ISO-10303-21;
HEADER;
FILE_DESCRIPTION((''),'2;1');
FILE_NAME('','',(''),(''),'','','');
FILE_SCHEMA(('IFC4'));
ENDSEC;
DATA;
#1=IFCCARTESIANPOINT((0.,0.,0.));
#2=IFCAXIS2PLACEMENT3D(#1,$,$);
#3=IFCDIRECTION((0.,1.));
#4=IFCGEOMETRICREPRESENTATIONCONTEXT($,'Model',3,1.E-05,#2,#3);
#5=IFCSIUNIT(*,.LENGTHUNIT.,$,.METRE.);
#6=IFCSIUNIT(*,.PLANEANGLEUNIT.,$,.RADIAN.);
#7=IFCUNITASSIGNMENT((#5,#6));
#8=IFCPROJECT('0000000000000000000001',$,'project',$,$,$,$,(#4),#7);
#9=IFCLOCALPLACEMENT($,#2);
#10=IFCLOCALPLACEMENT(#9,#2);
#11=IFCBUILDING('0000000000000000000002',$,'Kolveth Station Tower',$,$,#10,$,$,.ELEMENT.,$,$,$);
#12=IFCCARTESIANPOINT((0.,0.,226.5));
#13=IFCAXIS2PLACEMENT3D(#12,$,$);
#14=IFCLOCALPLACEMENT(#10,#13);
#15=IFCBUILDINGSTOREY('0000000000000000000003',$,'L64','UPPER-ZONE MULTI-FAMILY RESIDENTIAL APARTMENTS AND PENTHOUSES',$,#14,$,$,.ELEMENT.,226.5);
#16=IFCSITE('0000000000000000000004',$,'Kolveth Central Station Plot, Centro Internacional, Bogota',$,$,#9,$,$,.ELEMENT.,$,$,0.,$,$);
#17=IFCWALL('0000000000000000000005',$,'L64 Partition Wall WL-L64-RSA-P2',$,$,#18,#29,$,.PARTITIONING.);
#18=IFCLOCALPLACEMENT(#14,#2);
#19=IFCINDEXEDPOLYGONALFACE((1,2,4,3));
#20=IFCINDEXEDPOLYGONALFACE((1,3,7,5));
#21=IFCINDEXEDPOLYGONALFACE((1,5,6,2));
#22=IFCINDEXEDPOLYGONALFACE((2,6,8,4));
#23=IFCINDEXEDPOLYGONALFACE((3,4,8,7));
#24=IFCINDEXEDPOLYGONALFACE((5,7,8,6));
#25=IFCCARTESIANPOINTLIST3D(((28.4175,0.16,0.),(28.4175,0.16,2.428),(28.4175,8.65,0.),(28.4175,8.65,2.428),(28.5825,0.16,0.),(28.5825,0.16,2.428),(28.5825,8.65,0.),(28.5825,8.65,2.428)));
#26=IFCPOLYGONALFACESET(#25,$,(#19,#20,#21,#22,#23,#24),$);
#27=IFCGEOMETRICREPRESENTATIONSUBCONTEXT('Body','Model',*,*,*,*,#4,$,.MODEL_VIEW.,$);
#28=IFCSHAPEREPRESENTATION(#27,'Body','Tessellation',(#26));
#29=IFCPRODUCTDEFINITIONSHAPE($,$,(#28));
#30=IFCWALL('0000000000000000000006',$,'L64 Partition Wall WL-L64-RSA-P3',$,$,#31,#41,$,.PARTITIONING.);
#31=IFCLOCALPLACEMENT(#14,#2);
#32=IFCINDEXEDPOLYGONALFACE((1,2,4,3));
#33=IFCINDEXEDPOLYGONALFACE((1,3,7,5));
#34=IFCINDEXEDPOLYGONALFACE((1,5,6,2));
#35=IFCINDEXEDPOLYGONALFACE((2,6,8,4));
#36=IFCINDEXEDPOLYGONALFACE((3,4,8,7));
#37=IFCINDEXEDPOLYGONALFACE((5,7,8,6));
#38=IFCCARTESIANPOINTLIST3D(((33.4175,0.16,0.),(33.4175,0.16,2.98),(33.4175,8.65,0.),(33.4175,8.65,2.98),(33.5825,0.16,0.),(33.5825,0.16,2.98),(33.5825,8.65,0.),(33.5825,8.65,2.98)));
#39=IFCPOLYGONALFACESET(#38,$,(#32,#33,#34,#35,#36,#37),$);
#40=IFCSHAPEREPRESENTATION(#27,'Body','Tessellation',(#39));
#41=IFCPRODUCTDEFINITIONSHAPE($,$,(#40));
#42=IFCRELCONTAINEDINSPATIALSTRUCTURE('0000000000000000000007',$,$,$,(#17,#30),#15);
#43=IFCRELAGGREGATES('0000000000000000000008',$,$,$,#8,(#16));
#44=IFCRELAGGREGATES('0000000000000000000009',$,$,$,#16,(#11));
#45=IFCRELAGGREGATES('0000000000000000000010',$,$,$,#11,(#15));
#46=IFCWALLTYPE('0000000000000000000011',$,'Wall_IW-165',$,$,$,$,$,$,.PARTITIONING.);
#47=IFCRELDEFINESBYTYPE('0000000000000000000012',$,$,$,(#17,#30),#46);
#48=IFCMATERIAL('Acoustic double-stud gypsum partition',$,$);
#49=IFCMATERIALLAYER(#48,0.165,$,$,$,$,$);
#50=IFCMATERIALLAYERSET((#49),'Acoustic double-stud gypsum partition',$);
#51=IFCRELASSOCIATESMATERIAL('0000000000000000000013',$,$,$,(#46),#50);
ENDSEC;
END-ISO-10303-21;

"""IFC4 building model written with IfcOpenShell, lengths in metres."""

from ifc_helpers import new_model, si_unit, direction, frame, frame_2d, origin, place, context, subcontext, project, spatial, rectangle, extrude, material, layer, layer_set, type_object, element, save


model = new_model("IFC4")

# Units and contexts
model_context = context("Model", 3, precision=1e-05, world=origin(), true_north=direction((0.0, 1.0)))
body_context = subcontext(model_context, "Body", "Model", "MODEL_VIEW")
ifc_project = project(units=[si_unit("LENGTHUNIT", "METRE"), si_unit("PLANEANGLEUNIT", "RADIAN")], contexts=[model_context])

# Site, building, storey
site_placement = place(None, origin())
site = spatial("IfcSite", under=ifc_project, at=site_placement, Name="Kolveth Central Station Plot, Centro Internacional, Bogota", CompositionType="ELEMENT", RefElevation=0.0)
building_placement = place(site_placement, origin())
building = spatial("IfcBuilding", under=site, at=building_placement, Name="Kolveth Station Tower", CompositionType="ELEMENT")
storey_placement = place(building_placement, frame((0.0, 0.0, 226.5)))
storey = spatial("IfcBuildingStorey", under=building, at=storey_placement, Name="L64", Description="UPPER-ZONE MULTI-FAMILY RESIDENTIAL APARTMENTS AND PENTHOUSES", CompositionType="ELEMENT", Elevation=226.5)

# Walls
ifc_material_1 = material(Name="Acoustic double-stud gypsum partition")
ifc_layer_1 = layer(ifc_material_1, 0.165)
ifc_layer_set_1 = layer_set([ifc_layer_1], Name="Acoustic double-stud gypsum partition")
wall_type = type_object("IfcWallType", Name="Wall_IW-165", PredefinedType="PARTITIONING", material=ifc_layer_set_1)
wall_1_placement = place(storey_placement, frame((28.5, 0.1599, 0.0), z_axis=(0.0, 0.0, 1.0), x_axis=(0.0, 1.0, 0.0)))
element("IfcWall", 1, at=wall_1_placement, inside=storey, type_object=wall_type, Name="L64 Partition Wall WL-L64-RSA-P2", PredefinedType="PARTITIONING", context=body_context, shape_type="SweptSolid", body=[
    extrude(rectangle(XDim=8.49, YDim=0.165, at=frame_2d((4.2451, 0.0))), origin(), (0.0, 0.0, 1.0), 2.428),
])
wall_2_placement = place(storey_placement, frame((33.5, 0.1599, 0.0), z_axis=(0.0, 0.0, 1.0), x_axis=(0.0, 1.0, 0.0)))
element("IfcWall", 2, at=wall_2_placement, inside=storey, type_object=wall_type, Name="L64 Partition Wall WL-L64-RSA-P3", PredefinedType="PARTITIONING", context=body_context, shape_type="SweptSolid", body=[
    extrude(rectangle(XDim=8.49, YDim=0.165, at=frame_2d((4.2451, 0.0))), origin(), (0.0, 0.0, 1.0), 2.98),
])

save(model, "model.ifc")
